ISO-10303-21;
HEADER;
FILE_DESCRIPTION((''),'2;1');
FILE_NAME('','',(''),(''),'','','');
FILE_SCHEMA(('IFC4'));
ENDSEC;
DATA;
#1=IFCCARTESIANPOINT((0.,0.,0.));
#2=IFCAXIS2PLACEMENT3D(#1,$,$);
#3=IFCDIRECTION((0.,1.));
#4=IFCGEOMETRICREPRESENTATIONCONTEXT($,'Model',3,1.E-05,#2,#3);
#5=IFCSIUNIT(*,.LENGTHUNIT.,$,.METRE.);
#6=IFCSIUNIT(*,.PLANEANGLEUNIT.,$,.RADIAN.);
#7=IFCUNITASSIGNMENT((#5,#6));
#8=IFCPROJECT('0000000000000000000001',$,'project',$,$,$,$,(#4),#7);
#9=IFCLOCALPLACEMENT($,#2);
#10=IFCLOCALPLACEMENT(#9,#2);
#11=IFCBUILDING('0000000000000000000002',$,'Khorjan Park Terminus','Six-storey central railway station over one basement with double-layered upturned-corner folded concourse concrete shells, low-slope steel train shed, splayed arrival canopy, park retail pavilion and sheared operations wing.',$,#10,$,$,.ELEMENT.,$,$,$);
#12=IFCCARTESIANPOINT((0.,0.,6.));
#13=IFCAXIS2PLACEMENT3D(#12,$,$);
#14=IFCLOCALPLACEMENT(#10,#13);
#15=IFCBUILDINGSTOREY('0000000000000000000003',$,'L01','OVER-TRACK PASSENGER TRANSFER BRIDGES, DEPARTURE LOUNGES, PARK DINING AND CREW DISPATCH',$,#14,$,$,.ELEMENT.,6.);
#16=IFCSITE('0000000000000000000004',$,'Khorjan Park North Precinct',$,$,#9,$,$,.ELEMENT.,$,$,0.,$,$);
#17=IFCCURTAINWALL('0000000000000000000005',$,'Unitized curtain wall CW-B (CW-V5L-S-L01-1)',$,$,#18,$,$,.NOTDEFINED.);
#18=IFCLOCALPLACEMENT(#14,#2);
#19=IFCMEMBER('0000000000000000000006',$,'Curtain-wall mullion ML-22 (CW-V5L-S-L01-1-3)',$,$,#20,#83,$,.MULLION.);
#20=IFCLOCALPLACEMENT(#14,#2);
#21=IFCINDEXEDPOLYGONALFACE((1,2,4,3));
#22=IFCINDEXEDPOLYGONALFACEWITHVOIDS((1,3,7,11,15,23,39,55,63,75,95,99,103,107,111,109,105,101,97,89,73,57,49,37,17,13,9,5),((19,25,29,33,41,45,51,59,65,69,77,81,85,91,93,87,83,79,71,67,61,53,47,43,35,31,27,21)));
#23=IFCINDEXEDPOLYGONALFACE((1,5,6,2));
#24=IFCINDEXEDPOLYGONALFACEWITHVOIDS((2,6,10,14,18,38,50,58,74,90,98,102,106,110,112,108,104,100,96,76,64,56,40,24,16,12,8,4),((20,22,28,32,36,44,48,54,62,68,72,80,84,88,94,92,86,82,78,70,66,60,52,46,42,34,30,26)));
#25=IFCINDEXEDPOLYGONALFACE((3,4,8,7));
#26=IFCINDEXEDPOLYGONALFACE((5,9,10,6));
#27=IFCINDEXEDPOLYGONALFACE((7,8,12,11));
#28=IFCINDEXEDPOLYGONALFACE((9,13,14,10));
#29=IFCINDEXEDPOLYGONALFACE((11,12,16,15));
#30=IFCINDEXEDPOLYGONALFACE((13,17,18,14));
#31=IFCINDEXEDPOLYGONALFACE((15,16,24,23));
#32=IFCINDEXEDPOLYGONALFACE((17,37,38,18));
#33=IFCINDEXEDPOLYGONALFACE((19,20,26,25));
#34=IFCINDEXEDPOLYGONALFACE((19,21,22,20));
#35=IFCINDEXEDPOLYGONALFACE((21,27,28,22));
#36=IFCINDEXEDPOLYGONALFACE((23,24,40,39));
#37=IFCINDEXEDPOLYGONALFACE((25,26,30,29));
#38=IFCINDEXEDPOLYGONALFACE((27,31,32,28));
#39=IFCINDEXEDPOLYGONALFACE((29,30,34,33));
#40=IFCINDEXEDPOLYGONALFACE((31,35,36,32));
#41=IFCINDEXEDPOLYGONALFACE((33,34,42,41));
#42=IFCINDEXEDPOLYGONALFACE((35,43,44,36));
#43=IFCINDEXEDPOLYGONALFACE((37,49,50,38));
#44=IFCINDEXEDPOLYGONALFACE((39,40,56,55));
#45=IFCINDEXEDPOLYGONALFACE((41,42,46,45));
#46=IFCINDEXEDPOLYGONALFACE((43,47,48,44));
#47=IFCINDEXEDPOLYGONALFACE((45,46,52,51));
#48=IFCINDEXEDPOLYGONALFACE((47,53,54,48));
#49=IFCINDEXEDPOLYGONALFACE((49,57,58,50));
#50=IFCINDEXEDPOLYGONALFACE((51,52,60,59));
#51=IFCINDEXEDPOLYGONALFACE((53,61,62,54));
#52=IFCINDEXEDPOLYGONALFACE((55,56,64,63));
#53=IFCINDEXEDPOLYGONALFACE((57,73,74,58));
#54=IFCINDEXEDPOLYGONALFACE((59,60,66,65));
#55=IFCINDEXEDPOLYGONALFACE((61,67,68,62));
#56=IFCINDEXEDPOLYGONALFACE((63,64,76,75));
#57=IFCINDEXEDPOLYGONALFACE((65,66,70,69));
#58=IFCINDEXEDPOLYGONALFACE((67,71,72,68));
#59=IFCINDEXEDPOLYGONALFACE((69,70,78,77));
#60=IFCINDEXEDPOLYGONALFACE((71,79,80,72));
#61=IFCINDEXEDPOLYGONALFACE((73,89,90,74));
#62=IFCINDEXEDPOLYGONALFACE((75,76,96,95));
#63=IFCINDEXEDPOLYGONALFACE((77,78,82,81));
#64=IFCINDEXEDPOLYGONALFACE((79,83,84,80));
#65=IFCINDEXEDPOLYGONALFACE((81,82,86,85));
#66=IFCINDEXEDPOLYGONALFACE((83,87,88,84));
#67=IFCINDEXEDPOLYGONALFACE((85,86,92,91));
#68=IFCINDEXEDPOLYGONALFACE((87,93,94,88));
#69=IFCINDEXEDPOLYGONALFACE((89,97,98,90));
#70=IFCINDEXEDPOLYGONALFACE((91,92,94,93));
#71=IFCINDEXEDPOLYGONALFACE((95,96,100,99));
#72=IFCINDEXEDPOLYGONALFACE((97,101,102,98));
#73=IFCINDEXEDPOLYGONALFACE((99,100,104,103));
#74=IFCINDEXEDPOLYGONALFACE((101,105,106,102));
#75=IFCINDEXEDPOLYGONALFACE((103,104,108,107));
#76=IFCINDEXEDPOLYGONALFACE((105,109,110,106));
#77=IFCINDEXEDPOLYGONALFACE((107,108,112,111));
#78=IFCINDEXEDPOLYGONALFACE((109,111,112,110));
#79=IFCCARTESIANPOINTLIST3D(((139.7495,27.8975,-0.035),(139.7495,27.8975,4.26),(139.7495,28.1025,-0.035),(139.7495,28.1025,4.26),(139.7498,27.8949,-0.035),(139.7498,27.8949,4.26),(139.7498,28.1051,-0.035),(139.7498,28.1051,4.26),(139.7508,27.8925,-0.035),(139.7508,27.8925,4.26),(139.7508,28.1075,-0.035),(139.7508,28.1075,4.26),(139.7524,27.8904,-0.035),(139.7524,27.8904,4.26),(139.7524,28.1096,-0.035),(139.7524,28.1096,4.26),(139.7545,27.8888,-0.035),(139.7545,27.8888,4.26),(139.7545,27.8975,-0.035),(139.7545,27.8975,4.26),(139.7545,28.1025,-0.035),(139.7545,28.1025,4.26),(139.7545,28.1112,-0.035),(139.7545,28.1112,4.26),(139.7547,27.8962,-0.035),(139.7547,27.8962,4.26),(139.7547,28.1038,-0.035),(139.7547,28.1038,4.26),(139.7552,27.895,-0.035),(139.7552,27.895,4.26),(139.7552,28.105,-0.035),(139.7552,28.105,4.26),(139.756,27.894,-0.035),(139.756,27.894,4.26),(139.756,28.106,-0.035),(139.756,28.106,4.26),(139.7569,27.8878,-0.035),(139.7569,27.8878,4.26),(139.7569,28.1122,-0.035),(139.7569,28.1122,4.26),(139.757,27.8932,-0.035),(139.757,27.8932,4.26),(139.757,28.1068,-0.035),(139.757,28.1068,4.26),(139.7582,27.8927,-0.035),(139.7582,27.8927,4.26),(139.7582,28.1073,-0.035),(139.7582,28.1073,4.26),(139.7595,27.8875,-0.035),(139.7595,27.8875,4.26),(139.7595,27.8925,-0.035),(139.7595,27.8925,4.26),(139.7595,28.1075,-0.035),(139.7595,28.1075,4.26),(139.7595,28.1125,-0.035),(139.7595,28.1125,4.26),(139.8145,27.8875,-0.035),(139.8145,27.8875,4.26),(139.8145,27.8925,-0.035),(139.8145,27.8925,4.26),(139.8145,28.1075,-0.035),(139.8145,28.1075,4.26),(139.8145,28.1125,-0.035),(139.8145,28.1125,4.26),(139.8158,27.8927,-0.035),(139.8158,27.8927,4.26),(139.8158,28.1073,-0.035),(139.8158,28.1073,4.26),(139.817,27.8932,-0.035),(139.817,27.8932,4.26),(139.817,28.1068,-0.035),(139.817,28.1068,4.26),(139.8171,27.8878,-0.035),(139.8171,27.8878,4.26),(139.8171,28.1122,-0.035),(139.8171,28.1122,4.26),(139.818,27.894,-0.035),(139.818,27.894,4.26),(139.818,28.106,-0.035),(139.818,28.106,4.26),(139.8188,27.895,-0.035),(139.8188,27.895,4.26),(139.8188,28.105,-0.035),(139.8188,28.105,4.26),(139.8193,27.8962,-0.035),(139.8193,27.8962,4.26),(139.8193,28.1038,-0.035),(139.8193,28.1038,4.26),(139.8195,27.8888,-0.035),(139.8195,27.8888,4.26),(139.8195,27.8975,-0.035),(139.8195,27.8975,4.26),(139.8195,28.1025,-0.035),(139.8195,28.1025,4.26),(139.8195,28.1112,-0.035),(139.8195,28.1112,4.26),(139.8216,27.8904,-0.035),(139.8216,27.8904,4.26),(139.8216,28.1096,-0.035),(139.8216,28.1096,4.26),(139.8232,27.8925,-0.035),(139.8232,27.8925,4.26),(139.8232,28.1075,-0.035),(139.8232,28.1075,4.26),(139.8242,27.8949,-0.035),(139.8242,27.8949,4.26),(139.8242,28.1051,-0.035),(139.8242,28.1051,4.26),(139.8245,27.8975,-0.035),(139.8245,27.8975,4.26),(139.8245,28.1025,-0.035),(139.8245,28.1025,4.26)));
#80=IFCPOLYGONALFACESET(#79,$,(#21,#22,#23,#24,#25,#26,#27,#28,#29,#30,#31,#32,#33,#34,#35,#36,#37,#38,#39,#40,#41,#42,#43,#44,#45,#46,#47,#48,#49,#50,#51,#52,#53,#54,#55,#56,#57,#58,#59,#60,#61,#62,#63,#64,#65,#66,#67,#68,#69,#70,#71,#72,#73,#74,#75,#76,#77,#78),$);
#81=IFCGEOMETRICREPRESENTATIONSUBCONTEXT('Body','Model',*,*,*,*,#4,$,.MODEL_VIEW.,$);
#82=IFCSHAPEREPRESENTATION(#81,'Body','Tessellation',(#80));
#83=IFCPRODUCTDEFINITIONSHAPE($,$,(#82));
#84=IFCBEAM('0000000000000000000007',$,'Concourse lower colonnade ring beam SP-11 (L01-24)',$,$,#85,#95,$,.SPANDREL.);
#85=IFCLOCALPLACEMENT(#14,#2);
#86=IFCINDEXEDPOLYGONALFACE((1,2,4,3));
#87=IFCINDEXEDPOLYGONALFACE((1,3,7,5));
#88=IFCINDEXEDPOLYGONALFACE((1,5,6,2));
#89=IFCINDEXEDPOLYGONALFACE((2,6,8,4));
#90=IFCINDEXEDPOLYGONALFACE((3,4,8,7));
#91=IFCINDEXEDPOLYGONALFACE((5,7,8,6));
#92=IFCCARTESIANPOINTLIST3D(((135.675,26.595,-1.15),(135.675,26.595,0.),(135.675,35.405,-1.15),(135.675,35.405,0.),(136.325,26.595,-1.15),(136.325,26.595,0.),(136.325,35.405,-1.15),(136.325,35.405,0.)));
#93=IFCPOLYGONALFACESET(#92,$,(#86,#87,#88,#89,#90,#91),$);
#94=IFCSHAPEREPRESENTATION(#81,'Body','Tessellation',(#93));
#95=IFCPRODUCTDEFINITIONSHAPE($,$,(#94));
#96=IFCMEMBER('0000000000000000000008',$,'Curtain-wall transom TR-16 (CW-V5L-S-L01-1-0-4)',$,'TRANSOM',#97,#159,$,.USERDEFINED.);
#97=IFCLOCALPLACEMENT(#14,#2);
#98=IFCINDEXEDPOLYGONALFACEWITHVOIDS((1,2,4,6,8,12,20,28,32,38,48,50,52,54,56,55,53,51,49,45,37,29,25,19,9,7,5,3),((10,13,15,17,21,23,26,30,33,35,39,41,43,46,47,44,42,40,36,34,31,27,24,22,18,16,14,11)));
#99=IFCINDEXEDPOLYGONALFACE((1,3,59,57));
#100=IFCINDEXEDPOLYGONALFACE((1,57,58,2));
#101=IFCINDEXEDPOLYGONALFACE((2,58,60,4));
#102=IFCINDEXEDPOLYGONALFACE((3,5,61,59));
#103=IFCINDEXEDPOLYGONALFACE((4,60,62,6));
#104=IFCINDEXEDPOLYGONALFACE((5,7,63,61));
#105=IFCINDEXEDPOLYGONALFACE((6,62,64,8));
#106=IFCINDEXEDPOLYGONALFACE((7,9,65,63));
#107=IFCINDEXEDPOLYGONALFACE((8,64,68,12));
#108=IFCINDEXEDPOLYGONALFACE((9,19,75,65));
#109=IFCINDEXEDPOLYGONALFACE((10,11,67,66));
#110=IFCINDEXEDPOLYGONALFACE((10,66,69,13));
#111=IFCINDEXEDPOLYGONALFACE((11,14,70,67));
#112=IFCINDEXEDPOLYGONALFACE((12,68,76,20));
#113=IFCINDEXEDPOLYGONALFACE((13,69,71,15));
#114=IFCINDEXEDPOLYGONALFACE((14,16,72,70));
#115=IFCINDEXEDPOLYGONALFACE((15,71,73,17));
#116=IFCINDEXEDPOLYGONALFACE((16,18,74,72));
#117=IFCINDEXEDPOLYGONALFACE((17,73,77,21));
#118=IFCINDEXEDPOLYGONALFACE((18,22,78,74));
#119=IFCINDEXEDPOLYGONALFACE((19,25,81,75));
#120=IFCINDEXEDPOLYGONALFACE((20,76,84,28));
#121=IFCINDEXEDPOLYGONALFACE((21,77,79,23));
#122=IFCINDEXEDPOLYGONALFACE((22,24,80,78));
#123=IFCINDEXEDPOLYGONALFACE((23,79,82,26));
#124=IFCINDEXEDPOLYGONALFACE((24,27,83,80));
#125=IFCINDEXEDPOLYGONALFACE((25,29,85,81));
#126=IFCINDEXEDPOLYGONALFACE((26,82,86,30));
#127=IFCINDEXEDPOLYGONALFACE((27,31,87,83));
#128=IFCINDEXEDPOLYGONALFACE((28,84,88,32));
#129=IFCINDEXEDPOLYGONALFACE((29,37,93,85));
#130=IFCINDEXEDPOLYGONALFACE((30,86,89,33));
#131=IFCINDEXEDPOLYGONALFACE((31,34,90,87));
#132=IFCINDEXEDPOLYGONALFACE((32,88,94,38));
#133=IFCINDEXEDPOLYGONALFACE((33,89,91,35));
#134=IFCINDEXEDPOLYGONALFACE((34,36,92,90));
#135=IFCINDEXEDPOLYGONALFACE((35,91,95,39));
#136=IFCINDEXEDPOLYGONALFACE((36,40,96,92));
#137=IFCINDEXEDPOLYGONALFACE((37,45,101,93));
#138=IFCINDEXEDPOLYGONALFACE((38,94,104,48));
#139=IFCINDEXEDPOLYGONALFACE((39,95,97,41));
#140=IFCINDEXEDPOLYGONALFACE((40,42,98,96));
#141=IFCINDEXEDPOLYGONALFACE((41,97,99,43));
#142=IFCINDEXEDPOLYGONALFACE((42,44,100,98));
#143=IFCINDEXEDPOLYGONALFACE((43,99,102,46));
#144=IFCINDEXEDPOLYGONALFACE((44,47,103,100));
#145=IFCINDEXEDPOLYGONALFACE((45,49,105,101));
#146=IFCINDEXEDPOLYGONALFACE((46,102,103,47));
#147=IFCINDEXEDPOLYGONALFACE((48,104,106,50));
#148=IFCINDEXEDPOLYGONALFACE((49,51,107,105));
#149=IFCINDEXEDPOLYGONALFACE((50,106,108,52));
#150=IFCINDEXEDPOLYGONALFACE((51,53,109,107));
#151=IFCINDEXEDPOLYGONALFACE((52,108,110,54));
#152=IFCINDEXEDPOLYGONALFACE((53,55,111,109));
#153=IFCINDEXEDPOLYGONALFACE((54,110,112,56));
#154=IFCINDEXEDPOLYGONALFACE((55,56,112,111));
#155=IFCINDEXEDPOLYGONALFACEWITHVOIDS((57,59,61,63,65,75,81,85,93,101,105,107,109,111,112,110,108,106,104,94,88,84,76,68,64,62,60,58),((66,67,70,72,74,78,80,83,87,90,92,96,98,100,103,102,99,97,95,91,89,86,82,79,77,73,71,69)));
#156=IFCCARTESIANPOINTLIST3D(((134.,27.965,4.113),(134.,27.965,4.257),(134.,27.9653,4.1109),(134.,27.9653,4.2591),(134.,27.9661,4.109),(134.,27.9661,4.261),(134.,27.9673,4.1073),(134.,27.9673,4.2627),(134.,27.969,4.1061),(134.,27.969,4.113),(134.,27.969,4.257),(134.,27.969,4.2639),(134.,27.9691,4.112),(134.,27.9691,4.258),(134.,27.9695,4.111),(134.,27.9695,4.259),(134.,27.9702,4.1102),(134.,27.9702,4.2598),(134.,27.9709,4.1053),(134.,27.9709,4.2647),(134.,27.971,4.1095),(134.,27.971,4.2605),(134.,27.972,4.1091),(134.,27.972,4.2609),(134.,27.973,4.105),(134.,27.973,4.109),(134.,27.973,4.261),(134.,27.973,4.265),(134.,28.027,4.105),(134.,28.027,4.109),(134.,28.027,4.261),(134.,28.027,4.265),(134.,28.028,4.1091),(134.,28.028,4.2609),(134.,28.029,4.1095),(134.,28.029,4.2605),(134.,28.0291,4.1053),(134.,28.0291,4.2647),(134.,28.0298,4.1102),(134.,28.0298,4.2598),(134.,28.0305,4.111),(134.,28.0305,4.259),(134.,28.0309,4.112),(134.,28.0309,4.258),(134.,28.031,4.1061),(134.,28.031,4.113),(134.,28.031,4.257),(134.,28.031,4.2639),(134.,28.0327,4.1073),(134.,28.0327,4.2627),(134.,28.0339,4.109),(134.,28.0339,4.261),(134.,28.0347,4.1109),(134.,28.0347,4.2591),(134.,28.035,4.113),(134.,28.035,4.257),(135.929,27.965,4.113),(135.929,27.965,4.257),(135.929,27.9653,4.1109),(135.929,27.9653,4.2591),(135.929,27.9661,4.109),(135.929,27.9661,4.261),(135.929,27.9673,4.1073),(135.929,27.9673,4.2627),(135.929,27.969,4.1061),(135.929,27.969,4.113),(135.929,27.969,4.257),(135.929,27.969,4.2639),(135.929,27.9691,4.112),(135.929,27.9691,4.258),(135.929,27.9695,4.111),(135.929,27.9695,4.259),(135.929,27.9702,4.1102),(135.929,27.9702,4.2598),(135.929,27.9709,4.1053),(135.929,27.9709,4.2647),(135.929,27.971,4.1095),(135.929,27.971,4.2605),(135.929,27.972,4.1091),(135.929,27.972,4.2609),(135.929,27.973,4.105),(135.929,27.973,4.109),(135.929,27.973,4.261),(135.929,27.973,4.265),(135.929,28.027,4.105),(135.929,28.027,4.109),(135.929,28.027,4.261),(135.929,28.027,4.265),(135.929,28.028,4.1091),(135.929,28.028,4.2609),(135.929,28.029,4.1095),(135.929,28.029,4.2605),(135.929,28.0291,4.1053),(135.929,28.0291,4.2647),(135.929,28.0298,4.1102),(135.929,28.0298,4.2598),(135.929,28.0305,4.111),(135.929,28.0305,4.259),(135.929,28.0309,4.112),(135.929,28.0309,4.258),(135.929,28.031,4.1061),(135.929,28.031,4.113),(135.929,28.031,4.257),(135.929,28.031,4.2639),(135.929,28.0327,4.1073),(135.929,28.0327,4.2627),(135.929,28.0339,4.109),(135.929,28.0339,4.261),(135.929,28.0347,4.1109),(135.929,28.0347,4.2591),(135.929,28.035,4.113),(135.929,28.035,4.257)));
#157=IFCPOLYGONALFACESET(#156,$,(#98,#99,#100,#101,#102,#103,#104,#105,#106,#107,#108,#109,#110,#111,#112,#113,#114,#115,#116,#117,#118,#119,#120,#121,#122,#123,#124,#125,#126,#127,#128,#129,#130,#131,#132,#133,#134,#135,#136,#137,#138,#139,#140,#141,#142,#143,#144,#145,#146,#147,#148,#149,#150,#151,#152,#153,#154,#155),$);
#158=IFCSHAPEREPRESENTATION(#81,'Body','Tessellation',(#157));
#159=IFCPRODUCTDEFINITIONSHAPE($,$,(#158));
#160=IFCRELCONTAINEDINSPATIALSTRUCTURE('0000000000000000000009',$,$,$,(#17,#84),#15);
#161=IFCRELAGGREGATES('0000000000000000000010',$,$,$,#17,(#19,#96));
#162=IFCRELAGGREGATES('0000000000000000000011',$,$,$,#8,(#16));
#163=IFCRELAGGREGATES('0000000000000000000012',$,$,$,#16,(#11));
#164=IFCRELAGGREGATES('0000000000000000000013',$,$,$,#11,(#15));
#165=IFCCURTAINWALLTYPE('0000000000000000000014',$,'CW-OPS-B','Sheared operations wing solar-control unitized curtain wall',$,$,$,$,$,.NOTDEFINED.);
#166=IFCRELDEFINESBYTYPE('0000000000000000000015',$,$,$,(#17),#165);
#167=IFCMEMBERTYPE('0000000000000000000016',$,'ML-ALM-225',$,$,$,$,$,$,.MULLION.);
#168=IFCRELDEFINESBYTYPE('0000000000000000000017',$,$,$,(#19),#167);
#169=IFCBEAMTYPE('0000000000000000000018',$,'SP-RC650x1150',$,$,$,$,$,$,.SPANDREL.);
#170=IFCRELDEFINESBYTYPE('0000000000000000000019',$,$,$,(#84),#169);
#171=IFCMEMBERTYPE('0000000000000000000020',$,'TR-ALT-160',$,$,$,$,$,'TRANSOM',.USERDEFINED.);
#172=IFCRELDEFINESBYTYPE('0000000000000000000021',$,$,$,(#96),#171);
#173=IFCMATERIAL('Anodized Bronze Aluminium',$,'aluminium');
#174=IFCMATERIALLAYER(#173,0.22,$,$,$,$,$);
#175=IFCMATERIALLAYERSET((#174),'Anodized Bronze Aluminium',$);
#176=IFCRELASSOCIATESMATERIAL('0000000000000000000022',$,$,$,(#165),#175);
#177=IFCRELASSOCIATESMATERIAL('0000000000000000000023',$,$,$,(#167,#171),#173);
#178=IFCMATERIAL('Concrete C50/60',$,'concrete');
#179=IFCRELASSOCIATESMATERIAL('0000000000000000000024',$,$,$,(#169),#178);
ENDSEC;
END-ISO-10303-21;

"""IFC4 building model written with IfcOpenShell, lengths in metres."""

from ifc_helpers import new_model, si_unit, direction, frame, origin, origin_2d, place, context, subcontext, project, spatial, rectangle, hollow_rectangle, extrude, material, layer, layer_set, material_profile, profile_set, type_object, element, aggregate, save


model = new_model("IFC4")

# Units and contexts
model_context = context("Model", 3, precision=1e-05, world=origin(), true_north=direction((0.0, 1.0)))
body_context = subcontext(model_context, "Body", "Model", "MODEL_VIEW")
ifc_project = project(units=[si_unit("LENGTHUNIT", "METRE"), si_unit("PLANEANGLEUNIT", "RADIAN")], contexts=[model_context])

# Site, building, storey
site_placement = place(None, origin())
site = spatial("IfcSite", under=ifc_project, at=site_placement, Name="Khorjan Park North Precinct", CompositionType="ELEMENT", RefElevation=0.0)
building_placement = place(site_placement, origin())
building = spatial("IfcBuilding", under=site, at=building_placement, Name="Khorjan Park Terminus", Description="Six-storey central railway station over one basement with double-layered upturned-corner folded concourse concrete shells, low-slope steel train shed, splayed arrival canopy, park retail pavilion and sheared operations wing.", CompositionType="ELEMENT")
storey_placement = place(building_placement, frame((0.0, 0.0, 6.0)))
storey = spatial("IfcBuildingStorey", under=building, at=storey_placement, Name="L01", Description="OVER-TRACK PASSENGER TRANSFER BRIDGES, DEPARTURE LOUNGES, PARK DINING AND CREW DISPATCH", CompositionType="ELEMENT", Elevation=6.0)

# Shared definitions
ifc_material_1 = material(Name="Concrete C50/60", Category="concrete")

# Curtain wall, member
ifc_material_2 = material(Name="Anodized Bronze Aluminium", Category="aluminium")
ifc_layer_1 = layer(ifc_material_2, 0.22)
ifc_layer_set_1 = layer_set([ifc_layer_1], Name="Anodized Bronze Aluminium")
curtain_wall_type = type_object("IfcCurtainWallType", Name="CW-OPS-B", Description="Sheared operations wing solar-control unitized curtain wall", PredefinedType="NOTDEFINED", material=ifc_layer_set_1)
curtain_wall_placement = place(storey_placement, origin())
curtain_wall = element("IfcCurtainWall", 1, at=curtain_wall_placement, inside=storey, type_object=curtain_wall_type, Name="Unitized curtain wall CW-B (CW-V5L-S-L01-1)", PredefinedType="NOTDEFINED")
ifc_material_profile_1 = material_profile(ifc_material_2, hollow_rectangle(XDim=0.075, YDim=0.225, WallThickness=0.005, InnerFilletRadius=0.005, OuterFilletRadius=0.01, at=origin_2d()), Name="ALM 75x225x5")
ifc_profile_set_1 = profile_set([ifc_material_profile_1], Name="Anodized Bronze Aluminium")
member_type_1 = type_object("IfcMemberType", Name="ML-ALM-225", PredefinedType="MULLION", material=ifc_profile_set_1)
member_1_placement = place(storey_placement, frame((139.787, 28.0, -0.035), z_axis=(0.0, 0.0, 1.0), x_axis=(1.0, 0.0, 0.0)))
member_1 = element("IfcMember", 2, at=member_1_placement, type_object=member_type_1, Name="Curtain-wall mullion ML-22 (CW-V5L-S-L01-1-3)", PredefinedType="MULLION", context=body_context, shape_type="SweptSolid", body=[
    extrude(hollow_rectangle(XDim=0.075, YDim=0.225, WallThickness=0.005, InnerFilletRadius=0.005, OuterFilletRadius=0.01, at=origin_2d()), origin(), (0.0, 0.0, 1.0), 4.295),
])

# Beam
ifc_material_profile_2 = material_profile(ifc_material_1, rectangle(XDim=0.65, YDim=1.15, at=origin_2d()), Name="RC 650x1150")
ifc_profile_set_2 = profile_set([ifc_material_profile_2], Name="Concrete C50/60")
beam_type = type_object("IfcBeamType", Name="SP-RC650x1150", PredefinedType="SPANDREL", material=ifc_profile_set_2)
beam_placement = place(storey_placement, frame((136.0, 26.595, -0.575), z_axis=(0.0, 1.0, 0.0), x_axis=(-1.0, 0.0, 0.0)))
element("IfcBeam", 3, at=beam_placement, inside=storey, type_object=beam_type, Name="Concourse lower colonnade ring beam SP-11 (L01-24)", PredefinedType="SPANDREL", context=body_context, shape_type="SweptSolid", body=[
    extrude(rectangle(XDim=0.65, YDim=1.15, at=origin_2d()), origin(), (0.0, 0.0, 1.0), 8.81),
])

# Member
ifc_material_profile_3 = material_profile(ifc_material_2, hollow_rectangle(XDim=0.07, YDim=0.16, WallThickness=0.004, InnerFilletRadius=0.004, OuterFilletRadius=0.008, at=origin_2d()), Name="ALT 70x160x4")
ifc_profile_set_3 = profile_set([ifc_material_profile_3], Name="Anodized Bronze Aluminium")
member_type_2 = type_object("IfcMemberType", Name="TR-ALT-160", ElementType="TRANSOM", PredefinedType="USERDEFINED", material=ifc_profile_set_3)
member_2_placement = place(storey_placement, frame((134.0, 28.0, 4.185), z_axis=(1.0, 0.0, 0.0), x_axis=(0.0, 1.0, 0.0)))
member_2 = element("IfcMember", 4, at=member_2_placement, type_object=member_type_2, Name="Curtain-wall transom TR-16 (CW-V5L-S-L01-1-0-4)", ObjectType="TRANSOM", PredefinedType="USERDEFINED", context=body_context, shape_type="SweptSolid", body=[
    extrude(hollow_rectangle(XDim=0.07, YDim=0.16, WallThickness=0.004, InnerFilletRadius=0.004, OuterFilletRadius=0.008, at=origin_2d()), origin(), (0.0, 0.0, 1.0), 1.929),
])

aggregate(curtain_wall, [member_1, member_2])

save(model, "model.ifc")
